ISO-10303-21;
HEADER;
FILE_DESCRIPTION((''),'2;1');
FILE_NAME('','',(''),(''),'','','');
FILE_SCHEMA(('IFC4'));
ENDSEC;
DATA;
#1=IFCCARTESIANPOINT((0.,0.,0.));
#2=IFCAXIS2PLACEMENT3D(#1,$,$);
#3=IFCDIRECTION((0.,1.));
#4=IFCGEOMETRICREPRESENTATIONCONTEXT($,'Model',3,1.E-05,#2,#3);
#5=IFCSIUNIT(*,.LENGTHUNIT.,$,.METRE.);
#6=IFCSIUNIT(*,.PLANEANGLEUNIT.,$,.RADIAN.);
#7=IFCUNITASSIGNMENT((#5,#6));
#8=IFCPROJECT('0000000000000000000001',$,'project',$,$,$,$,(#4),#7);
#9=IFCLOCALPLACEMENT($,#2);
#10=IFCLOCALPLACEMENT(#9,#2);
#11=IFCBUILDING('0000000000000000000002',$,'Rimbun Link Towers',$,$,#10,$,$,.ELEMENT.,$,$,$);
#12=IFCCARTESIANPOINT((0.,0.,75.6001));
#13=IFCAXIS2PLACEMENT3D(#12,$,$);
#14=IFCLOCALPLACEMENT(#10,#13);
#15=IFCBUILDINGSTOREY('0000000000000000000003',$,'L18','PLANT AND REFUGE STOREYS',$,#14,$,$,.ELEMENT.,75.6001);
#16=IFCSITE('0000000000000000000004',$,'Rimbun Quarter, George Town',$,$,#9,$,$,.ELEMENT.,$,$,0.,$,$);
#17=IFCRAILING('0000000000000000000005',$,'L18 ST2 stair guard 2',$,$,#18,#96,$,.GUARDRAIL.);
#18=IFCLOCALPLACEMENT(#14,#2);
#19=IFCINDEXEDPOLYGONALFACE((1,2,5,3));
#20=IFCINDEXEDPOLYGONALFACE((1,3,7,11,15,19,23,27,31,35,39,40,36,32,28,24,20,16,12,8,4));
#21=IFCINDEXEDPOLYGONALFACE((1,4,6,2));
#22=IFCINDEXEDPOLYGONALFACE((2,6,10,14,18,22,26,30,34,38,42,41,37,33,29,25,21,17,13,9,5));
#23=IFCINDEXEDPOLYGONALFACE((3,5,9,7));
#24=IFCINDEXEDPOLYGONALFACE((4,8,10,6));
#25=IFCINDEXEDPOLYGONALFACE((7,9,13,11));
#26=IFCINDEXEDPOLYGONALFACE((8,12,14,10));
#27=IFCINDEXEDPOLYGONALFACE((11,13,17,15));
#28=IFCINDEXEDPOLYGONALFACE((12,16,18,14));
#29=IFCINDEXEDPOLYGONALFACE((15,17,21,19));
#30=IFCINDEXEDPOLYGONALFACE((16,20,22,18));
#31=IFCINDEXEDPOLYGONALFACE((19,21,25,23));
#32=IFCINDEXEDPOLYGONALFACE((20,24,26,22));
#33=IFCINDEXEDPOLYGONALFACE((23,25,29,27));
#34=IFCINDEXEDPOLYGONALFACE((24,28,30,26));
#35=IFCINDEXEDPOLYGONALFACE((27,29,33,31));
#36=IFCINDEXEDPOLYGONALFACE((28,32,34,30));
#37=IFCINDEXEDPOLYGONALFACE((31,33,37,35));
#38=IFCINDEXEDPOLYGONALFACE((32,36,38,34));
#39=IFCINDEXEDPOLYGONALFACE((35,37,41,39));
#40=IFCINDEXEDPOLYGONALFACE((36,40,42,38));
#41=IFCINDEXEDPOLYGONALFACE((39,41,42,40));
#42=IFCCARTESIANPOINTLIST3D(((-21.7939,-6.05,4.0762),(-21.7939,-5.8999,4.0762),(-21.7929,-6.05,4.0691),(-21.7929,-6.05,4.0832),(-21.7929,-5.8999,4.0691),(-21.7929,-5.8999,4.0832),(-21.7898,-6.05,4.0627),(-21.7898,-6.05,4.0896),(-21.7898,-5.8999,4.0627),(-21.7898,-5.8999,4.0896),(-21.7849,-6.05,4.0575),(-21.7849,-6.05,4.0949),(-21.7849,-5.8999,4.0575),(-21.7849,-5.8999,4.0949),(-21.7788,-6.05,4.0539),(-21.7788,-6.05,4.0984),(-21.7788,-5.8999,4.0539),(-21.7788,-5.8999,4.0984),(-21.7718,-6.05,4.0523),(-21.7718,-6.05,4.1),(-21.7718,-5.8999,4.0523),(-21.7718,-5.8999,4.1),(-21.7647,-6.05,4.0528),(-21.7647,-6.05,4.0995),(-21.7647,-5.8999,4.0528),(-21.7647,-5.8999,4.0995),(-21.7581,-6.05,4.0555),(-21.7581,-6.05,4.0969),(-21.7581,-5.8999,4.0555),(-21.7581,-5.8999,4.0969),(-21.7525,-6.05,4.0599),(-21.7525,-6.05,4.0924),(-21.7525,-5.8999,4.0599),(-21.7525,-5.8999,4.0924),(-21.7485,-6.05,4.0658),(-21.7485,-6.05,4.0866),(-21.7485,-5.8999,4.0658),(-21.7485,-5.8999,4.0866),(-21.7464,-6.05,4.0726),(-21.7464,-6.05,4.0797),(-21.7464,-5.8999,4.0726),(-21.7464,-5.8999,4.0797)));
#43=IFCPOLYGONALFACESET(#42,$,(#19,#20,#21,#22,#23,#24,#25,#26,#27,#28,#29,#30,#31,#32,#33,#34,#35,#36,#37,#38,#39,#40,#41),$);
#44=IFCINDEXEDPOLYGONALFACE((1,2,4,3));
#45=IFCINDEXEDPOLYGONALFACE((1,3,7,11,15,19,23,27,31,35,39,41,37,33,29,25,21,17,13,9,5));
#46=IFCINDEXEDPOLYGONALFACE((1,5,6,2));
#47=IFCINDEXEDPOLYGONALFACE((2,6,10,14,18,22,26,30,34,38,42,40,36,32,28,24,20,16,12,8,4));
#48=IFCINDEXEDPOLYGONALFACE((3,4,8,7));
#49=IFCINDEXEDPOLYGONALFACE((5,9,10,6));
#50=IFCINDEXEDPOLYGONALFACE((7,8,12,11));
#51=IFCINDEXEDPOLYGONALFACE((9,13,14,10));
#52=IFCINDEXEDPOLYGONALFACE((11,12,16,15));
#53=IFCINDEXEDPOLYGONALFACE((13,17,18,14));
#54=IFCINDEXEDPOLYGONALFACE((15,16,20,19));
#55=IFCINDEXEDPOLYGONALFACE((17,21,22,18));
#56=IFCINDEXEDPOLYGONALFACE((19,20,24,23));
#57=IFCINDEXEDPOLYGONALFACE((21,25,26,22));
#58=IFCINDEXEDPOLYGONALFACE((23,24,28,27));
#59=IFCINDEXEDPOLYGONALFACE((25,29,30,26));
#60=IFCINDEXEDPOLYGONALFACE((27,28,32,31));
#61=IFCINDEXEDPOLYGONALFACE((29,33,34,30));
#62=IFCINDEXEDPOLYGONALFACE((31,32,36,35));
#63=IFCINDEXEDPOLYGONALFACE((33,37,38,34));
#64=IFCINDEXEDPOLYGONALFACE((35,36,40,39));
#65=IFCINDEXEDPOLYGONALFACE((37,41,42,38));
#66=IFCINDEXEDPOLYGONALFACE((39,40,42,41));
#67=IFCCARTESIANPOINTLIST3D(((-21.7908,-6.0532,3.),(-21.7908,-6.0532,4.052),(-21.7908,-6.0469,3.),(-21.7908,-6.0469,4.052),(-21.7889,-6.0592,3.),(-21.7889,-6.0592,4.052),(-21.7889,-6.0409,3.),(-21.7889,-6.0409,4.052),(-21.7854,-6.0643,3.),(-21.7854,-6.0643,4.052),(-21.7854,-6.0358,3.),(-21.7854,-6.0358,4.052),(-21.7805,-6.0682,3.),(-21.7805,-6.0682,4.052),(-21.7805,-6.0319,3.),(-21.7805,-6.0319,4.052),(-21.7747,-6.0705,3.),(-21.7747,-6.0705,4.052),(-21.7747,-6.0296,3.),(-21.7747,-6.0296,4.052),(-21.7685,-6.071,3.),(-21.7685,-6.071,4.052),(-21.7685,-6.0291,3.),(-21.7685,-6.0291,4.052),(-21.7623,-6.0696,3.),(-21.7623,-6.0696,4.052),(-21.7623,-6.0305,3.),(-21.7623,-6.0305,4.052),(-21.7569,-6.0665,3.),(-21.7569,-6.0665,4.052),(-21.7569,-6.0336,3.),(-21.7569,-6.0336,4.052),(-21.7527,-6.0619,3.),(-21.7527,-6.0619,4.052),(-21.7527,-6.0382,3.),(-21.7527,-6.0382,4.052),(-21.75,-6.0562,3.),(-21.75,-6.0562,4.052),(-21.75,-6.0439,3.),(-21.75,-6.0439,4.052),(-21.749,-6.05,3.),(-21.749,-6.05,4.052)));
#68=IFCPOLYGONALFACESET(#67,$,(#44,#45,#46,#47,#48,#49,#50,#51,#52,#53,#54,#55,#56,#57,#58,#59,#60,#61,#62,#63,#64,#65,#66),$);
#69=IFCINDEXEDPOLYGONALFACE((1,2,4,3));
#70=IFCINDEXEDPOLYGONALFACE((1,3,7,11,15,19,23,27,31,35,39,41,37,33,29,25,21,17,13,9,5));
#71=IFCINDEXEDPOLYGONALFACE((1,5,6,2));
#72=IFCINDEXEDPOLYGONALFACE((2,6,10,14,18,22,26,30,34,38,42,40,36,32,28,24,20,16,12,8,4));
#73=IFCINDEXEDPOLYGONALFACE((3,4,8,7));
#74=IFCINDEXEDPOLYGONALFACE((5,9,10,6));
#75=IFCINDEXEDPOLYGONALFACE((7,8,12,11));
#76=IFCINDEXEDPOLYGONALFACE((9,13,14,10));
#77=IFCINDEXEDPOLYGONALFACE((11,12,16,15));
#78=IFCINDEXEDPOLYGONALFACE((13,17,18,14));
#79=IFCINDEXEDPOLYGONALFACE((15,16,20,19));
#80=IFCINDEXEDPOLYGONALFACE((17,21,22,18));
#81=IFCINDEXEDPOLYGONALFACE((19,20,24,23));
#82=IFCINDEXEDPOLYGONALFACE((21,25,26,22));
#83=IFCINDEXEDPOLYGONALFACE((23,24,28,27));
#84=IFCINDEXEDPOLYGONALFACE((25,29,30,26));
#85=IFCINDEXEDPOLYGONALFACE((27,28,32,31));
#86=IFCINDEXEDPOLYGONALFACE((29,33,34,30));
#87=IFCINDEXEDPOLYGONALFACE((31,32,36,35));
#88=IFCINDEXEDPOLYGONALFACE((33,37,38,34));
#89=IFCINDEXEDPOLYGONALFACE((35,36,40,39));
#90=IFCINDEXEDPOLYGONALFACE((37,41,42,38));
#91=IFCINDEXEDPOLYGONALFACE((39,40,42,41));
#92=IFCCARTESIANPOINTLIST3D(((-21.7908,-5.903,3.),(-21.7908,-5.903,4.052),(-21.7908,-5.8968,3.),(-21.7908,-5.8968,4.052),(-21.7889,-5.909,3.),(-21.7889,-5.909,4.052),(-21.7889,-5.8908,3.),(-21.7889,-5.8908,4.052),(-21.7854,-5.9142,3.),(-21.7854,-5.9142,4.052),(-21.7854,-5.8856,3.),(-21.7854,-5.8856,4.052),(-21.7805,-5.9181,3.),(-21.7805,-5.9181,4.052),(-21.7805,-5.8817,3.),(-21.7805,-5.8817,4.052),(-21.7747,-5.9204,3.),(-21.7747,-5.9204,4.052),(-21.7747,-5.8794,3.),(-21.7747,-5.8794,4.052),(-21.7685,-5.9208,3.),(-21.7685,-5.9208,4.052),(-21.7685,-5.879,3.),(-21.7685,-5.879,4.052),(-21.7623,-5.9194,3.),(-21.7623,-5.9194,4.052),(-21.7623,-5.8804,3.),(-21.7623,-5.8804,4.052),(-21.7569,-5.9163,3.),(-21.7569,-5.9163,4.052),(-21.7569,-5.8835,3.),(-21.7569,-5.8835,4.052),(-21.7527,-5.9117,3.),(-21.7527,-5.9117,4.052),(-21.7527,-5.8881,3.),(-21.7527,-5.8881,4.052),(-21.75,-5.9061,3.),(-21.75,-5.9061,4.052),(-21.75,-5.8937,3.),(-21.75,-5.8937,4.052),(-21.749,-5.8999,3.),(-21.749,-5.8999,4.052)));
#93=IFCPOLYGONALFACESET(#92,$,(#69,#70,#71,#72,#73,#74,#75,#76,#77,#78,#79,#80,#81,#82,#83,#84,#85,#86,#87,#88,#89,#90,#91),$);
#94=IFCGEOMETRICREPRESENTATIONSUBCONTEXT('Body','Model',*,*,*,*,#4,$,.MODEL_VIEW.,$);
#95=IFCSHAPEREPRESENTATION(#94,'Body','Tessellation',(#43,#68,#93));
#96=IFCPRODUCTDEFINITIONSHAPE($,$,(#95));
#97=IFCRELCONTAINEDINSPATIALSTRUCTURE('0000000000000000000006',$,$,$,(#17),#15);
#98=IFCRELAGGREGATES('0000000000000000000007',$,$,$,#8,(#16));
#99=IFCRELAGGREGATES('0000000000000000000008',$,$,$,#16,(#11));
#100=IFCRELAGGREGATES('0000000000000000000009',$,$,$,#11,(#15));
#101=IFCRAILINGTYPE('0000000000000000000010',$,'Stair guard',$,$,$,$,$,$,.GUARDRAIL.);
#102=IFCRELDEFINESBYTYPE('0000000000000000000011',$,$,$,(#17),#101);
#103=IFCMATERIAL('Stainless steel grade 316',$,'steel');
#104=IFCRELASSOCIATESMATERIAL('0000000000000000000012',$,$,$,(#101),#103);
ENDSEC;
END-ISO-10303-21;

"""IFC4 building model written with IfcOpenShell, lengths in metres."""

from ifc_helpers import new_model, si_unit, direction, frame, origin, origin_2d, place, context, subcontext, project, spatial, circle, extrude, material, type_object, element, save


model = new_model("IFC4")

# Units and contexts
model_context = context("Model", 3, precision=1e-05, world=origin(), true_north=direction((0.0, 1.0)))
body_context = subcontext(model_context, "Body", "Model", "MODEL_VIEW")
ifc_project = project(units=[si_unit("LENGTHUNIT", "METRE"), si_unit("PLANEANGLEUNIT", "RADIAN")], contexts=[model_context])

# Site, building, storey
site_placement = place(None, origin())
site = spatial("IfcSite", under=ifc_project, at=site_placement, Name="Rimbun Quarter, George Town", CompositionType="ELEMENT", RefElevation=0.0)
building_placement = place(site_placement, origin())
building = spatial("IfcBuilding", under=site, at=building_placement, Name="Rimbun Link Towers", CompositionType="ELEMENT")
storey_placement = place(building_placement, frame((0.0, 0.0, 75.6001)))
storey = spatial("IfcBuildingStorey", under=building, at=storey_placement, Name="L18", Description="PLANT AND REFUGE STOREYS", CompositionType="ELEMENT", Elevation=75.6001)

# Railing
ifc_material_1 = material(Name="Stainless steel grade 316", Category="steel")
railing_type_1 = type_object("IfcRailingType", Name="Stair guard", PredefinedType="GUARDRAIL", material=ifc_material_1)
railing_1_placement = place(storey_placement, frame((-21.77, -6.05, 3.0)))
element("IfcRailing", 1, at=railing_1_placement, inside=storey, type_object=railing_type_1, Name="L18 ST2 stair guard 2", PredefinedType="GUARDRAIL", context=body_context, shape_type="SweptSolid", body=[
    extrude(circle(Radius=0.0239, at=origin_2d()), frame((0.0, 0.0, 1.0762), z_axis=(0.0, 1.0, 0.0), x_axis=(-1.0, 0.0, 0.0)), (0.0, 0.0, 1.0), 0.1501),
    extrude(circle(Radius=0.021, at=origin_2d()), origin(), (0.0, 0.0, 1.0), 1.052),
    extrude(circle(Radius=0.021, at=origin_2d()), frame((0.0, 0.1501, 0.0)), (0.0, 0.0, 1.0), 1.052),
])

save(model, "model.ifc")
